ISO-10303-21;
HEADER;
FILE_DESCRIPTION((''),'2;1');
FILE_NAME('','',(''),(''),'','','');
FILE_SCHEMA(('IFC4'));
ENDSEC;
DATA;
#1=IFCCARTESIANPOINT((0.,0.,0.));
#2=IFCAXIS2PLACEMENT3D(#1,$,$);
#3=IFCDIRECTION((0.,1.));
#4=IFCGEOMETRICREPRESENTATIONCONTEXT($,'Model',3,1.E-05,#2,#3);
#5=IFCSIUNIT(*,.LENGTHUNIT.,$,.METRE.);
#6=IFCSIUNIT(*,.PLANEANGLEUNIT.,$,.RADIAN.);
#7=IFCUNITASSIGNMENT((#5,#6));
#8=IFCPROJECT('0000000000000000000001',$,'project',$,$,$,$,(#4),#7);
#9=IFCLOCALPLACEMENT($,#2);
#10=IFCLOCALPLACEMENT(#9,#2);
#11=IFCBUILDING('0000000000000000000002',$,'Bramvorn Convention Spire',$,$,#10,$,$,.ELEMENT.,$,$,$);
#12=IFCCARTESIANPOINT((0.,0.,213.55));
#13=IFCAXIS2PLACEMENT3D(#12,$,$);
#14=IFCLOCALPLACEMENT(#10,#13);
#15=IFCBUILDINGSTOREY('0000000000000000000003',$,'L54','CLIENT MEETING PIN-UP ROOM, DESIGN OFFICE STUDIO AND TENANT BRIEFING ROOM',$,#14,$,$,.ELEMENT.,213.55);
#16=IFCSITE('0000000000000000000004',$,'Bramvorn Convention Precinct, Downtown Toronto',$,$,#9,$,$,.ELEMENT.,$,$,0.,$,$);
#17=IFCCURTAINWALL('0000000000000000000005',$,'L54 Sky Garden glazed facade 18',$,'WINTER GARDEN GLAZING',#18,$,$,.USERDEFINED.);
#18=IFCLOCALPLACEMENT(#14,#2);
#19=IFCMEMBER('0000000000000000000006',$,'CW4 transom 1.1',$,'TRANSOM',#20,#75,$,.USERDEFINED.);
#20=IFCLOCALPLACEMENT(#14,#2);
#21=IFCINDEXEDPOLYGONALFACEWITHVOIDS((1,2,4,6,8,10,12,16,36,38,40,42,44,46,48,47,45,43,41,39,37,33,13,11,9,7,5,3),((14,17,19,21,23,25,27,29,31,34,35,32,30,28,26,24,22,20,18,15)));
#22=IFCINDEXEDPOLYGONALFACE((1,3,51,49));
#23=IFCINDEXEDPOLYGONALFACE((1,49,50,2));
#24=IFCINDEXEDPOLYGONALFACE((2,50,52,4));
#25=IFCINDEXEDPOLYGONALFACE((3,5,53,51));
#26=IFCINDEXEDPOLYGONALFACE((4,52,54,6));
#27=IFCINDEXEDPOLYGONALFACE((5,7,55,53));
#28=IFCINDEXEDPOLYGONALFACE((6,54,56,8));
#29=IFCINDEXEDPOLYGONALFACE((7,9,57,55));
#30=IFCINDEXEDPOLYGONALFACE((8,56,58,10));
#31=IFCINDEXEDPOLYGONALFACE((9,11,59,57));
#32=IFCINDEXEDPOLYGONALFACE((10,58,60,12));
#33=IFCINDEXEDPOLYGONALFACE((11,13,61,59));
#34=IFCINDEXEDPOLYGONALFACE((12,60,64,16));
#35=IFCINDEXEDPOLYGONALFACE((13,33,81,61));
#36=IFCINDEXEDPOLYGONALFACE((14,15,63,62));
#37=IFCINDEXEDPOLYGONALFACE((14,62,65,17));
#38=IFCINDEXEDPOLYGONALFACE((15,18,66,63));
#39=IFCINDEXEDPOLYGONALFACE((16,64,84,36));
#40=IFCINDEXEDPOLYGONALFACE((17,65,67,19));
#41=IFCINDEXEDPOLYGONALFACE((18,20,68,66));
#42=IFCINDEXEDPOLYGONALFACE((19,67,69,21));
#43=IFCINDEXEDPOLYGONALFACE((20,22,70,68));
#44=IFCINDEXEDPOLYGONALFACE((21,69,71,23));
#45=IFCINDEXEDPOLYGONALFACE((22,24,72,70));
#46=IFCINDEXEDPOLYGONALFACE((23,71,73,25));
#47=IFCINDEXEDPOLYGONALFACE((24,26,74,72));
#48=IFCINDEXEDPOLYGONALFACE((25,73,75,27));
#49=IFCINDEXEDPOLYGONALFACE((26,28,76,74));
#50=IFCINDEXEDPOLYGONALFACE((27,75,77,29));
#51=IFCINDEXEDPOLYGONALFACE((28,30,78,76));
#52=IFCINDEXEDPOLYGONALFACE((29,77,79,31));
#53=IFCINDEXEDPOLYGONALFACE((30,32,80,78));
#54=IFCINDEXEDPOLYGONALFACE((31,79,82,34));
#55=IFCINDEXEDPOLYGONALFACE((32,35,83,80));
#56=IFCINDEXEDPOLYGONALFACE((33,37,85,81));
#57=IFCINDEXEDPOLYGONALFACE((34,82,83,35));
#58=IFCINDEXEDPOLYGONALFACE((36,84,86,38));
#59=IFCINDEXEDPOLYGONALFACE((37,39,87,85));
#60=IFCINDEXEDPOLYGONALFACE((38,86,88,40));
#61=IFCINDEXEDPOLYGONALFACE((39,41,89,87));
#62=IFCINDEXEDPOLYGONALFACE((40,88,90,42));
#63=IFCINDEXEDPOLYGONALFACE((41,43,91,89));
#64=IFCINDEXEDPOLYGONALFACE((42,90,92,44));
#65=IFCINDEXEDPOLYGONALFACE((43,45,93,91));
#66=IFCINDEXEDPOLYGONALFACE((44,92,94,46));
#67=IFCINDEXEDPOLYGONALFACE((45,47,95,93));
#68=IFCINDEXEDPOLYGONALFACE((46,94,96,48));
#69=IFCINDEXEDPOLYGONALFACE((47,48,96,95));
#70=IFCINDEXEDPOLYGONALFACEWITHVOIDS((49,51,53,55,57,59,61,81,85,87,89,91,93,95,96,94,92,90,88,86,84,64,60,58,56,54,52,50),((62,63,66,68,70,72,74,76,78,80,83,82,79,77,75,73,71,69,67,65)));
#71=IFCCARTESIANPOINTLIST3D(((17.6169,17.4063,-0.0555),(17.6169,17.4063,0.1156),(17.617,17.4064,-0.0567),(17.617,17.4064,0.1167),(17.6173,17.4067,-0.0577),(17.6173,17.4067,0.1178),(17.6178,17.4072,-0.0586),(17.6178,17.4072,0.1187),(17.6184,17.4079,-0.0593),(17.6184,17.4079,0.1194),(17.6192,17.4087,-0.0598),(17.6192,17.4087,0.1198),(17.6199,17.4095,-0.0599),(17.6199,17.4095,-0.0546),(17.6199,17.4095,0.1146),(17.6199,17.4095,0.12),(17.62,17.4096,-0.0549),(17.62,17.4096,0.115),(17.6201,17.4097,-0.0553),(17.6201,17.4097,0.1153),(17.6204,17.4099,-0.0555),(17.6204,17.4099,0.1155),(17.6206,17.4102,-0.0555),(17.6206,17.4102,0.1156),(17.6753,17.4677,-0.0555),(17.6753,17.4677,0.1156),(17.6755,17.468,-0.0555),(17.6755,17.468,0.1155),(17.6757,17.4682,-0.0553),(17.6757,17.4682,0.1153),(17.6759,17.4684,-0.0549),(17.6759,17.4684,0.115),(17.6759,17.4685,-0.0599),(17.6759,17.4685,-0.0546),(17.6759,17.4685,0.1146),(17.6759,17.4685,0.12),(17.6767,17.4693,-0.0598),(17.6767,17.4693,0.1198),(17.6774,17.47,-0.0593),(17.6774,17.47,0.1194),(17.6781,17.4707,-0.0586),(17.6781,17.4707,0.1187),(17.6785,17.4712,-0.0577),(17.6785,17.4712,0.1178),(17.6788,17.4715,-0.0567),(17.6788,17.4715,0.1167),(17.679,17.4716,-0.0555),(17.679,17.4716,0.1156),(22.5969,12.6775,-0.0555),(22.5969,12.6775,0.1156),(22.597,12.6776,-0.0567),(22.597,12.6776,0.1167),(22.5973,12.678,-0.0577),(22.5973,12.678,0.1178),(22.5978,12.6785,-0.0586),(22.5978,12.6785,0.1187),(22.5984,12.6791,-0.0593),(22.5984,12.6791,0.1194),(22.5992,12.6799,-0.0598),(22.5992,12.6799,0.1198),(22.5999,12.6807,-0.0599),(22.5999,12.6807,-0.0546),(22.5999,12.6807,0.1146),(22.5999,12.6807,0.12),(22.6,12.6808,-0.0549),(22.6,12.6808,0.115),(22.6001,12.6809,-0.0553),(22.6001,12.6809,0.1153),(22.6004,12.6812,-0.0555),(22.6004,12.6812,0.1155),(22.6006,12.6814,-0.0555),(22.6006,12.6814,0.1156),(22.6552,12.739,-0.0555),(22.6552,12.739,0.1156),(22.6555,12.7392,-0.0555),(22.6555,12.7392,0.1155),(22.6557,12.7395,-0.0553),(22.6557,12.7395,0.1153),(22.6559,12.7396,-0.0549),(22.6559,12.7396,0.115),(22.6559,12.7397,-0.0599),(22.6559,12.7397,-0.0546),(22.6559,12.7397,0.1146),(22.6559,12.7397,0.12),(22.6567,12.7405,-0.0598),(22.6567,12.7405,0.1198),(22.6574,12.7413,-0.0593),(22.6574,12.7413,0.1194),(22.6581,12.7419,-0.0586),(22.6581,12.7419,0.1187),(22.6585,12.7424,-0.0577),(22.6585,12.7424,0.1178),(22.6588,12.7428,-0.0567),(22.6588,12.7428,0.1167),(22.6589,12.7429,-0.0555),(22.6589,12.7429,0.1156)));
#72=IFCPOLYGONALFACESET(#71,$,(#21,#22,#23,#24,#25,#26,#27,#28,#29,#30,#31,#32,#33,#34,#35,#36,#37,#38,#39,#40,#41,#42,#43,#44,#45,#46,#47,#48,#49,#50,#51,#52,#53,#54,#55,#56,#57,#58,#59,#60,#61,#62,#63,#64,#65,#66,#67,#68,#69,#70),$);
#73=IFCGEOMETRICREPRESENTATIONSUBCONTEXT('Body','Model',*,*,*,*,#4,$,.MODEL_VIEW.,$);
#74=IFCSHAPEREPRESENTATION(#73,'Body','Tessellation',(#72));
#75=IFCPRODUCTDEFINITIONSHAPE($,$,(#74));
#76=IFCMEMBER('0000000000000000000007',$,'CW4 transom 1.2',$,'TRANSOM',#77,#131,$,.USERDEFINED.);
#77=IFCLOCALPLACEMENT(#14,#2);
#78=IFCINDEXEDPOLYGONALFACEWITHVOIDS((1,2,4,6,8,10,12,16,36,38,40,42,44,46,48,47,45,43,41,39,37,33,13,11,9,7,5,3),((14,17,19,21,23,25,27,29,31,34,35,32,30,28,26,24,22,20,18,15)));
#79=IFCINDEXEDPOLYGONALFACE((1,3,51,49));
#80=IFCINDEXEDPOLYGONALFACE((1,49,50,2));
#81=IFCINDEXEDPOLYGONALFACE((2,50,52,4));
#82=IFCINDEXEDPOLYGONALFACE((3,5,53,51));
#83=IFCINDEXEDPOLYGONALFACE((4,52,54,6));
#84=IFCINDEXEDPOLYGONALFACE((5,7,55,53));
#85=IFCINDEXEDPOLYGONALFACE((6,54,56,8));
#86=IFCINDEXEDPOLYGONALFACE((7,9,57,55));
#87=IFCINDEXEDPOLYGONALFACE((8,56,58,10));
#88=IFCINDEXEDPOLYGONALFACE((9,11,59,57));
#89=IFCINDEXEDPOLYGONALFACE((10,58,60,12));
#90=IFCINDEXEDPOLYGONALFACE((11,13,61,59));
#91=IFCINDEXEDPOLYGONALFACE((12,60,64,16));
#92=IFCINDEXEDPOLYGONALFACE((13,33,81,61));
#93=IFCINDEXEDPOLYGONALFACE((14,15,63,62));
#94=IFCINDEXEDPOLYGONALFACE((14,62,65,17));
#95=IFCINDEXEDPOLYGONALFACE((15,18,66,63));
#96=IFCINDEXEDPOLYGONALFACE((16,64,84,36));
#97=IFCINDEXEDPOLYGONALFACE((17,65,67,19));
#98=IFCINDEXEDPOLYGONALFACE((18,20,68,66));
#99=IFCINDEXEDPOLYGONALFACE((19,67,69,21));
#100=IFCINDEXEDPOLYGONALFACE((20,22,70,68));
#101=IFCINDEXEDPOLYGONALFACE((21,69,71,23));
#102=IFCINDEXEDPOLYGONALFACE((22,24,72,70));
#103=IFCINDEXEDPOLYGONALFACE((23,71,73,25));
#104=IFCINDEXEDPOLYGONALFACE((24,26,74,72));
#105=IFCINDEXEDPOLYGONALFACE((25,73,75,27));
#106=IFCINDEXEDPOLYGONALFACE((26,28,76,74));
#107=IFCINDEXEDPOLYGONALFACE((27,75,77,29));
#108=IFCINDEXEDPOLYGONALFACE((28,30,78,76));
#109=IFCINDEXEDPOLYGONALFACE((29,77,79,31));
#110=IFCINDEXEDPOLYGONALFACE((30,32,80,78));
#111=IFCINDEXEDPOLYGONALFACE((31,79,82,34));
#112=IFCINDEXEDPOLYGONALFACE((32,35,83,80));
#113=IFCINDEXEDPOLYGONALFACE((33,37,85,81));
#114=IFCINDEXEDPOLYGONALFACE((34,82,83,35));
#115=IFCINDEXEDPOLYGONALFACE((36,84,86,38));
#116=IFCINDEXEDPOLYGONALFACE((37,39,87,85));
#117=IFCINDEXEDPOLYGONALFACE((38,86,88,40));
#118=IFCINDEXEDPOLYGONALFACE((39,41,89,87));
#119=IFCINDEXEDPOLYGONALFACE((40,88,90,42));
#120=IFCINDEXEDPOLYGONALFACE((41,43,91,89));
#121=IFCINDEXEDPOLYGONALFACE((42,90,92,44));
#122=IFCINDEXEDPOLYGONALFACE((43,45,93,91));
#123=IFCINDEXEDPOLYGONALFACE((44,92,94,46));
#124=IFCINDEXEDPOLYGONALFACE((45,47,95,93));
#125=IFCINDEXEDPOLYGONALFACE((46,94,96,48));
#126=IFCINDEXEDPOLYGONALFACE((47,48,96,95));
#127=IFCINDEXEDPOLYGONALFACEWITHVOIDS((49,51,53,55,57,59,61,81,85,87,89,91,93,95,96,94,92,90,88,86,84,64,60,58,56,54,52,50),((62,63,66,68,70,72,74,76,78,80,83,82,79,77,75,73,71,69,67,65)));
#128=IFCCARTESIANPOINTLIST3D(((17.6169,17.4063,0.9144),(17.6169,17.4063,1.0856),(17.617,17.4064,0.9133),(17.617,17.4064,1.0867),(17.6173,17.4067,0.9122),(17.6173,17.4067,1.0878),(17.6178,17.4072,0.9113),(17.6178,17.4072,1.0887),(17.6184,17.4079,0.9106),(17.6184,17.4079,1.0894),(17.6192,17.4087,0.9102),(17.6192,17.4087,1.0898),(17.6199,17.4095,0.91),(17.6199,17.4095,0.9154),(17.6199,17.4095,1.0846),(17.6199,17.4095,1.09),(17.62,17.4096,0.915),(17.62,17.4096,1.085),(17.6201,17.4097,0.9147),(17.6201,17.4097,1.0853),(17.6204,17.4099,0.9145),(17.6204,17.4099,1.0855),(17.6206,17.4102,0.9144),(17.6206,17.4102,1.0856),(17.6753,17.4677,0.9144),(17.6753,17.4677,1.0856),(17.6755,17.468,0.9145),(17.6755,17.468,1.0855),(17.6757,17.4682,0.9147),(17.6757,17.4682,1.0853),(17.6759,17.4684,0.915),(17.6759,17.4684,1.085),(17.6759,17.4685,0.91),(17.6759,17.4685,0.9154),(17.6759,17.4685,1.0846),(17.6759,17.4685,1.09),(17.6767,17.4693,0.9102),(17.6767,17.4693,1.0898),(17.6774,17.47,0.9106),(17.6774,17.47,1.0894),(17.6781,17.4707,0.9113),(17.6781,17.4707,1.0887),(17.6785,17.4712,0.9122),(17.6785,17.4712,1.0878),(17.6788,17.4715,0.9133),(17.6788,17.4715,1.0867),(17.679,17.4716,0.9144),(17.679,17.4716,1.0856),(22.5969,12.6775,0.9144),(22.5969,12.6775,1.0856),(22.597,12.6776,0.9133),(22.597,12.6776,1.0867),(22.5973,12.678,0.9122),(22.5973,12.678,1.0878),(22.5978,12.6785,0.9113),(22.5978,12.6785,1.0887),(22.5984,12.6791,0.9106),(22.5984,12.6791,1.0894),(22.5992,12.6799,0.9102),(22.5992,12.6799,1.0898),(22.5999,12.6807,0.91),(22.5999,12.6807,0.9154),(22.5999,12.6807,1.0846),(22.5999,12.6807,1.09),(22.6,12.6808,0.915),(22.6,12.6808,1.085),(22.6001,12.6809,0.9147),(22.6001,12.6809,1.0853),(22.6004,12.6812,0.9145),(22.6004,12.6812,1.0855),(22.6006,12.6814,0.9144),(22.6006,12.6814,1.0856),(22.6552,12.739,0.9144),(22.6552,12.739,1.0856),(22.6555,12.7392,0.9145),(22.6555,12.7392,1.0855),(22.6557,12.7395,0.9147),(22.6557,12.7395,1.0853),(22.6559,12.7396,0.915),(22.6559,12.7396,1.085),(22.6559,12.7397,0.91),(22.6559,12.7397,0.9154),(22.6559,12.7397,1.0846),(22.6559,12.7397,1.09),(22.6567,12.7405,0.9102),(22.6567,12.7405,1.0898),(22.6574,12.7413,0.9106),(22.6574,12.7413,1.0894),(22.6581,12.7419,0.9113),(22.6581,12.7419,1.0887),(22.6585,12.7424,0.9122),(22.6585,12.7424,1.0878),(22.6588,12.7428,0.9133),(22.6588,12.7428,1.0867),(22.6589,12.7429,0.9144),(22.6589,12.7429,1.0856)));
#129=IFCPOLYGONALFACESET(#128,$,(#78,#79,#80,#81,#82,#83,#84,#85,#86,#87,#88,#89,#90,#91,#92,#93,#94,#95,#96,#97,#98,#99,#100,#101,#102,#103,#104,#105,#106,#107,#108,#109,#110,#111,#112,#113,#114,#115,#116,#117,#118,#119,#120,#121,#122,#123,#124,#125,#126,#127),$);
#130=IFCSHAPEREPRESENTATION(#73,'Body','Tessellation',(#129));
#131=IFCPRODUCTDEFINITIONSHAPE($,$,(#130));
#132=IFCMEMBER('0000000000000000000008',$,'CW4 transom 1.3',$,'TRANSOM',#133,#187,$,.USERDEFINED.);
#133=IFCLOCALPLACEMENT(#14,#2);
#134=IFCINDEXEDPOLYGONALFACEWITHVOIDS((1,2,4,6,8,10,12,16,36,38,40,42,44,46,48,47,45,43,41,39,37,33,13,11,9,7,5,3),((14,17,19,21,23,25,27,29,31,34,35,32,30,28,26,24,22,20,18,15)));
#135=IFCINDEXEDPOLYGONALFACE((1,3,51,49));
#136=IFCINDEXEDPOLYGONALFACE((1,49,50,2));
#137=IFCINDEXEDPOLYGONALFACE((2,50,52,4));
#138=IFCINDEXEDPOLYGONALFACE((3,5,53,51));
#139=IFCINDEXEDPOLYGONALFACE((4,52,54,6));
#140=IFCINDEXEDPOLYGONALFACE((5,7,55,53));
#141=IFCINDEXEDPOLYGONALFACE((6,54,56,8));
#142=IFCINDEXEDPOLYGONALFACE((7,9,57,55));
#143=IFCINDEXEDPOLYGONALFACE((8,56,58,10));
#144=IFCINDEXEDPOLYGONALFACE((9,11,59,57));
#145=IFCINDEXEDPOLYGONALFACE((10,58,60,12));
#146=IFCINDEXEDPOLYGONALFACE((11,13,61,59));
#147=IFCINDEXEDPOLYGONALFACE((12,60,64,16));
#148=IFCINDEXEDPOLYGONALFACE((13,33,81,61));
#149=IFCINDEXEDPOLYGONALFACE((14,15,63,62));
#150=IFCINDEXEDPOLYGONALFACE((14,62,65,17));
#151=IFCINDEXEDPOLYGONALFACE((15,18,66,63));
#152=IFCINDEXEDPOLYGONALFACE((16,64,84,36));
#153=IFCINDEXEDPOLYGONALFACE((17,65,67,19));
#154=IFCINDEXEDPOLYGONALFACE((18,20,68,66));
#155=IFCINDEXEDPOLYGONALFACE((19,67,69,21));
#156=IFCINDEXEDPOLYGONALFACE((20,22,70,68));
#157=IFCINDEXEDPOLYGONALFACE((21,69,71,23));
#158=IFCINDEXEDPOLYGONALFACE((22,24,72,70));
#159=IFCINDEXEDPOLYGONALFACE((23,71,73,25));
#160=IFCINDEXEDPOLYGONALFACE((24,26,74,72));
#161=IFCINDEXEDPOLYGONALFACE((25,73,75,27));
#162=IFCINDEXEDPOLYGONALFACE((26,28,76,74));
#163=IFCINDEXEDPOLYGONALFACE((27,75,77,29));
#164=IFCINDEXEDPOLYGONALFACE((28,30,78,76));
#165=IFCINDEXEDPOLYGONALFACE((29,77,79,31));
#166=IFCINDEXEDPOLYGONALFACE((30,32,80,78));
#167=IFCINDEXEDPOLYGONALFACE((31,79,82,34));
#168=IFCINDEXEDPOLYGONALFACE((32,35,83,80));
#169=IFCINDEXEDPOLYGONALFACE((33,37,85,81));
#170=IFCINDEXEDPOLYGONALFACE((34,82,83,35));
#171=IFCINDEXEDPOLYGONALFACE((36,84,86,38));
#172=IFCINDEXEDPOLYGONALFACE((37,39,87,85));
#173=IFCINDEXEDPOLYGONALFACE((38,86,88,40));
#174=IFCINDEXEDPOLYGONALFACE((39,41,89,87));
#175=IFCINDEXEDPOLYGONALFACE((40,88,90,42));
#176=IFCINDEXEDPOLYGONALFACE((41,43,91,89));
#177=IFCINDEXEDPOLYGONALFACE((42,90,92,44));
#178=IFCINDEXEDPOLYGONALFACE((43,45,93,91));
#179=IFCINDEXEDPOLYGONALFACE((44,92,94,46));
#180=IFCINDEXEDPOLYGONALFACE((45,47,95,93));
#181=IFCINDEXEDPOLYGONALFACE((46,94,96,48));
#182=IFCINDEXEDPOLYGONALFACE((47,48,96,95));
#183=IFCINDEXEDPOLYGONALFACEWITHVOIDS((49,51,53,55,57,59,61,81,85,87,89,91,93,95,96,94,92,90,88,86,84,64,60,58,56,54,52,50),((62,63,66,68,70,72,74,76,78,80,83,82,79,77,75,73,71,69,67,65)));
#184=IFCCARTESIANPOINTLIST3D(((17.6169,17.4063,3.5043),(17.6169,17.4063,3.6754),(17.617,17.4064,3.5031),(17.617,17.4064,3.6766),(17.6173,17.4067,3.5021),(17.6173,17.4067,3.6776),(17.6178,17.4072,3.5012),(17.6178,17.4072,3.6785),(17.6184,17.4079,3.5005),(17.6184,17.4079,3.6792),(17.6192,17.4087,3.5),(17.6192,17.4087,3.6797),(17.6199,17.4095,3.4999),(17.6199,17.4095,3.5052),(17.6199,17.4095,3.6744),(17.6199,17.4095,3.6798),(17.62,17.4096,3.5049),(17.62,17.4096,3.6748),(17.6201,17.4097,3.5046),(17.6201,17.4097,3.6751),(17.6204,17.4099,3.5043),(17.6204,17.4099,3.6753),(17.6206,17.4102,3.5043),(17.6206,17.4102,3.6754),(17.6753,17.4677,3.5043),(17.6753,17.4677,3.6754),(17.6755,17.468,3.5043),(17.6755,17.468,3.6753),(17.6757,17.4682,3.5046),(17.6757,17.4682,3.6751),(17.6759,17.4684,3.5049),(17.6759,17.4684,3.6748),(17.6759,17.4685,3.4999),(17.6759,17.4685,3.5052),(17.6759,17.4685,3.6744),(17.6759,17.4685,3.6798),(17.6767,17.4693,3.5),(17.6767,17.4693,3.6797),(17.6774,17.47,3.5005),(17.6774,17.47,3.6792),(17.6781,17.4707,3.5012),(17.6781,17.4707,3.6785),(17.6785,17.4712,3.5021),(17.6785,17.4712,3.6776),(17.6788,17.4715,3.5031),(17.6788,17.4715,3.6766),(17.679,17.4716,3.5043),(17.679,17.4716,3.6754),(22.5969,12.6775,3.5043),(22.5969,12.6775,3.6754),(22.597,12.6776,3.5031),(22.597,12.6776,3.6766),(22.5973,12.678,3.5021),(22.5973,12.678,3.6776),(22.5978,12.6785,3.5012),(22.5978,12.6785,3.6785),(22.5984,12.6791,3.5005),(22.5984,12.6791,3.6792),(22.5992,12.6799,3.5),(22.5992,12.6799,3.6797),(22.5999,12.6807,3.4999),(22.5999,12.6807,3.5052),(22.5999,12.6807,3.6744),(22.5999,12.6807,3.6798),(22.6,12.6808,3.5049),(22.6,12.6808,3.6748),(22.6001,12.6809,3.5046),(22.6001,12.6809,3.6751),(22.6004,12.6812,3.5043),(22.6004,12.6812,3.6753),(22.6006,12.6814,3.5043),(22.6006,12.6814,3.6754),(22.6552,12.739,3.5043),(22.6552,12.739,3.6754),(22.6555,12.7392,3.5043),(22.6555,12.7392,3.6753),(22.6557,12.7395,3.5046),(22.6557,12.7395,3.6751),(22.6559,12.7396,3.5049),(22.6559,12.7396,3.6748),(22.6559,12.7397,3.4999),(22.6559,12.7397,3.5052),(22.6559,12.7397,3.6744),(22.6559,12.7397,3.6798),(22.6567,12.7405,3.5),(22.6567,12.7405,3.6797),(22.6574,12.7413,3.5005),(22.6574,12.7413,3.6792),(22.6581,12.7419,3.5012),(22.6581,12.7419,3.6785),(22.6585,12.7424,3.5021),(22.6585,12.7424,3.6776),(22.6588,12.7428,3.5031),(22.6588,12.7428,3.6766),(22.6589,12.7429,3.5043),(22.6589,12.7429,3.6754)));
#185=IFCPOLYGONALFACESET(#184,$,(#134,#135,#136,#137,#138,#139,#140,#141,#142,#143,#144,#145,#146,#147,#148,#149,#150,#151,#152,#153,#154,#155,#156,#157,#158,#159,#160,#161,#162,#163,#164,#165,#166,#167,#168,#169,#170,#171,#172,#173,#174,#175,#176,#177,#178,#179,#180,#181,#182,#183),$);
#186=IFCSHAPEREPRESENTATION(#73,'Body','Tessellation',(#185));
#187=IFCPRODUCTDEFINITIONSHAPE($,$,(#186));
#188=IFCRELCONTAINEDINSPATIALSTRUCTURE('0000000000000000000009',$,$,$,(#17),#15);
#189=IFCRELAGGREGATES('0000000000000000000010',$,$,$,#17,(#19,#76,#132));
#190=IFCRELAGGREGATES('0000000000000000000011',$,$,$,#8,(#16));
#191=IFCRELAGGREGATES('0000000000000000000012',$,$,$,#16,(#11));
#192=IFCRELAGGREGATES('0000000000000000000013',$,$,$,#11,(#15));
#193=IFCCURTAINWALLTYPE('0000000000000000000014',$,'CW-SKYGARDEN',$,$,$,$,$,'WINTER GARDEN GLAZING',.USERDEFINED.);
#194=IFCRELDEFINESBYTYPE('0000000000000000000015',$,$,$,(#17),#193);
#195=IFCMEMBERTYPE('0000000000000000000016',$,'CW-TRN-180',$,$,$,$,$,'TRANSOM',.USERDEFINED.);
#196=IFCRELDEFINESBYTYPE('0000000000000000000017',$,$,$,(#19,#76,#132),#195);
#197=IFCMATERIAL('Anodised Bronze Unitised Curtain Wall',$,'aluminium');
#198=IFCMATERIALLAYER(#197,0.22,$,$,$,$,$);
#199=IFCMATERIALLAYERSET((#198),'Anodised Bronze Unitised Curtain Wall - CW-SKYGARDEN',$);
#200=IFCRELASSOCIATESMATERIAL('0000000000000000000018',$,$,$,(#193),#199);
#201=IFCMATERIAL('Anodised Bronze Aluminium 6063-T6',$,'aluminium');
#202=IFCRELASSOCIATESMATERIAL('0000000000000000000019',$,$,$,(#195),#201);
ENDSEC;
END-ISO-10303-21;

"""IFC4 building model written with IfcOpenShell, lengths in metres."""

from ifc_helpers import new_model, si_unit, direction, frame, origin, origin_2d, place, context, subcontext, project, spatial, hollow_rectangle, extrude, material, layer, layer_set, material_profile, profile_set, type_object, element, aggregate, save


model = new_model("IFC4")

# Units and contexts
model_context = context("Model", 3, precision=1e-05, world=origin(), true_north=direction((0.0, 1.0)))
body_context = subcontext(model_context, "Body", "Model", "MODEL_VIEW")
ifc_project = project(units=[si_unit("LENGTHUNIT", "METRE"), si_unit("PLANEANGLEUNIT", "RADIAN")], contexts=[model_context])

# Site, building, storey
site_placement = place(None, origin())
site = spatial("IfcSite", under=ifc_project, at=site_placement, Name="Bramvorn Convention Precinct, Downtown Toronto", CompositionType="ELEMENT", RefElevation=0.0)
building_placement = place(site_placement, origin())
building = spatial("IfcBuilding", under=site, at=building_placement, Name="Bramvorn Convention Spire", CompositionType="ELEMENT")
storey_placement = place(building_placement, frame((0.0, 0.0, 213.55)))
storey = spatial("IfcBuildingStorey", under=building, at=storey_placement, Name="L54", Description="CLIENT MEETING PIN-UP ROOM, DESIGN OFFICE STUDIO AND TENANT BRIEFING ROOM", CompositionType="ELEMENT", Elevation=213.55)

# Curtain wall
ifc_material_1 = material(Name="Anodised Bronze Unitised Curtain Wall", Category="aluminium")
ifc_layer_1 = layer(ifc_material_1, 0.22)
ifc_layer_set_1 = layer_set([ifc_layer_1], Name="Anodised Bronze Unitised Curtain Wall - CW-SKYGARDEN")
curtain_wall_type = type_object("IfcCurtainWallType", Name="CW-SKYGARDEN", ElementType="WINTER GARDEN GLAZING", PredefinedType="USERDEFINED", material=ifc_layer_set_1)
curtain_wall_1_placement = place(storey_placement, origin())
curtain_wall_1 = element("IfcCurtainWall", 1, at=curtain_wall_1_placement, inside=storey, type_object=curtain_wall_type, Name="L54 Sky Garden glazed facade 18", ObjectType="WINTER GARDEN GLAZING", PredefinedType="USERDEFINED")
ifc_material_2 = material(Name="Anodised Bronze Aluminium 6063-T6", Category="aluminium")

# Members
ifc_material_profile_1 = material_profile(ifc_material_2, hollow_rectangle(XDim=0.0901, YDim=0.1799, WallThickness=0.0044, InnerFilletRadius=0.001, OuterFilletRadius=0.0044, at=origin_2d()))
ifc_profile_set_1 = profile_set([ifc_material_profile_1], Name="Anodised Bronze Aluminium 6063-T6 - CWT90X180")
member_type_1 = type_object("IfcMemberType", Name="CW-TRN-180", ElementType="TRANSOM", PredefinedType="USERDEFINED", material=ifc_profile_set_1)
member_1_placement = place(storey_placement, frame((22.6279, 12.7102, 0.03), z_axis=(-0.725161, 0.688579, 0.0), x_axis=(-0.688579, -0.725161, 0.0)))
member_1 = element("IfcMember", 2, at=member_1_placement, type_object=member_type_1, Name="CW4 transom 1.1", ObjectType="TRANSOM", PredefinedType="USERDEFINED", context=body_context, shape_type="SweptSolid", body=[
    extrude(hollow_rectangle(XDim=0.0901, YDim=0.1799, WallThickness=0.0044, InnerFilletRadius=0.001, OuterFilletRadius=0.0044, at=origin_2d()), origin(), (0.0, 0.0, 1.0), 6.8674),
])
member_2_placement = place(storey_placement, frame((22.6279, 12.7102, 1.0), z_axis=(-0.725161, 0.688579, 0.0), x_axis=(-0.688579, -0.725161, 0.0)))
member_2 = element("IfcMember", 3, at=member_2_placement, type_object=member_type_1, Name="CW4 transom 1.2", ObjectType="TRANSOM", PredefinedType="USERDEFINED", context=body_context, shape_type="SweptSolid", body=[
    extrude(hollow_rectangle(XDim=0.0901, YDim=0.1799, WallThickness=0.0044, InnerFilletRadius=0.001, OuterFilletRadius=0.0044, at=origin_2d()), origin(), (0.0, 0.0, 1.0), 6.8674),
])
member_3_placement = place(storey_placement, frame((22.6279, 12.7102, 3.5898), z_axis=(-0.725161, 0.688579, 0.0), x_axis=(-0.688579, -0.725161, 0.0)))
member_3 = element("IfcMember", 4, at=member_3_placement, type_object=member_type_1, Name="CW4 transom 1.3", ObjectType="TRANSOM", PredefinedType="USERDEFINED", context=body_context, shape_type="SweptSolid", body=[
    extrude(hollow_rectangle(XDim=0.0901, YDim=0.1799, WallThickness=0.0044, InnerFilletRadius=0.001, OuterFilletRadius=0.0044, at=origin_2d()), origin(), (0.0, 0.0, 1.0), 6.8674),
])

aggregate(curtain_wall_1, [member_1, member_2, member_3])

save(model, "model.ifc")
